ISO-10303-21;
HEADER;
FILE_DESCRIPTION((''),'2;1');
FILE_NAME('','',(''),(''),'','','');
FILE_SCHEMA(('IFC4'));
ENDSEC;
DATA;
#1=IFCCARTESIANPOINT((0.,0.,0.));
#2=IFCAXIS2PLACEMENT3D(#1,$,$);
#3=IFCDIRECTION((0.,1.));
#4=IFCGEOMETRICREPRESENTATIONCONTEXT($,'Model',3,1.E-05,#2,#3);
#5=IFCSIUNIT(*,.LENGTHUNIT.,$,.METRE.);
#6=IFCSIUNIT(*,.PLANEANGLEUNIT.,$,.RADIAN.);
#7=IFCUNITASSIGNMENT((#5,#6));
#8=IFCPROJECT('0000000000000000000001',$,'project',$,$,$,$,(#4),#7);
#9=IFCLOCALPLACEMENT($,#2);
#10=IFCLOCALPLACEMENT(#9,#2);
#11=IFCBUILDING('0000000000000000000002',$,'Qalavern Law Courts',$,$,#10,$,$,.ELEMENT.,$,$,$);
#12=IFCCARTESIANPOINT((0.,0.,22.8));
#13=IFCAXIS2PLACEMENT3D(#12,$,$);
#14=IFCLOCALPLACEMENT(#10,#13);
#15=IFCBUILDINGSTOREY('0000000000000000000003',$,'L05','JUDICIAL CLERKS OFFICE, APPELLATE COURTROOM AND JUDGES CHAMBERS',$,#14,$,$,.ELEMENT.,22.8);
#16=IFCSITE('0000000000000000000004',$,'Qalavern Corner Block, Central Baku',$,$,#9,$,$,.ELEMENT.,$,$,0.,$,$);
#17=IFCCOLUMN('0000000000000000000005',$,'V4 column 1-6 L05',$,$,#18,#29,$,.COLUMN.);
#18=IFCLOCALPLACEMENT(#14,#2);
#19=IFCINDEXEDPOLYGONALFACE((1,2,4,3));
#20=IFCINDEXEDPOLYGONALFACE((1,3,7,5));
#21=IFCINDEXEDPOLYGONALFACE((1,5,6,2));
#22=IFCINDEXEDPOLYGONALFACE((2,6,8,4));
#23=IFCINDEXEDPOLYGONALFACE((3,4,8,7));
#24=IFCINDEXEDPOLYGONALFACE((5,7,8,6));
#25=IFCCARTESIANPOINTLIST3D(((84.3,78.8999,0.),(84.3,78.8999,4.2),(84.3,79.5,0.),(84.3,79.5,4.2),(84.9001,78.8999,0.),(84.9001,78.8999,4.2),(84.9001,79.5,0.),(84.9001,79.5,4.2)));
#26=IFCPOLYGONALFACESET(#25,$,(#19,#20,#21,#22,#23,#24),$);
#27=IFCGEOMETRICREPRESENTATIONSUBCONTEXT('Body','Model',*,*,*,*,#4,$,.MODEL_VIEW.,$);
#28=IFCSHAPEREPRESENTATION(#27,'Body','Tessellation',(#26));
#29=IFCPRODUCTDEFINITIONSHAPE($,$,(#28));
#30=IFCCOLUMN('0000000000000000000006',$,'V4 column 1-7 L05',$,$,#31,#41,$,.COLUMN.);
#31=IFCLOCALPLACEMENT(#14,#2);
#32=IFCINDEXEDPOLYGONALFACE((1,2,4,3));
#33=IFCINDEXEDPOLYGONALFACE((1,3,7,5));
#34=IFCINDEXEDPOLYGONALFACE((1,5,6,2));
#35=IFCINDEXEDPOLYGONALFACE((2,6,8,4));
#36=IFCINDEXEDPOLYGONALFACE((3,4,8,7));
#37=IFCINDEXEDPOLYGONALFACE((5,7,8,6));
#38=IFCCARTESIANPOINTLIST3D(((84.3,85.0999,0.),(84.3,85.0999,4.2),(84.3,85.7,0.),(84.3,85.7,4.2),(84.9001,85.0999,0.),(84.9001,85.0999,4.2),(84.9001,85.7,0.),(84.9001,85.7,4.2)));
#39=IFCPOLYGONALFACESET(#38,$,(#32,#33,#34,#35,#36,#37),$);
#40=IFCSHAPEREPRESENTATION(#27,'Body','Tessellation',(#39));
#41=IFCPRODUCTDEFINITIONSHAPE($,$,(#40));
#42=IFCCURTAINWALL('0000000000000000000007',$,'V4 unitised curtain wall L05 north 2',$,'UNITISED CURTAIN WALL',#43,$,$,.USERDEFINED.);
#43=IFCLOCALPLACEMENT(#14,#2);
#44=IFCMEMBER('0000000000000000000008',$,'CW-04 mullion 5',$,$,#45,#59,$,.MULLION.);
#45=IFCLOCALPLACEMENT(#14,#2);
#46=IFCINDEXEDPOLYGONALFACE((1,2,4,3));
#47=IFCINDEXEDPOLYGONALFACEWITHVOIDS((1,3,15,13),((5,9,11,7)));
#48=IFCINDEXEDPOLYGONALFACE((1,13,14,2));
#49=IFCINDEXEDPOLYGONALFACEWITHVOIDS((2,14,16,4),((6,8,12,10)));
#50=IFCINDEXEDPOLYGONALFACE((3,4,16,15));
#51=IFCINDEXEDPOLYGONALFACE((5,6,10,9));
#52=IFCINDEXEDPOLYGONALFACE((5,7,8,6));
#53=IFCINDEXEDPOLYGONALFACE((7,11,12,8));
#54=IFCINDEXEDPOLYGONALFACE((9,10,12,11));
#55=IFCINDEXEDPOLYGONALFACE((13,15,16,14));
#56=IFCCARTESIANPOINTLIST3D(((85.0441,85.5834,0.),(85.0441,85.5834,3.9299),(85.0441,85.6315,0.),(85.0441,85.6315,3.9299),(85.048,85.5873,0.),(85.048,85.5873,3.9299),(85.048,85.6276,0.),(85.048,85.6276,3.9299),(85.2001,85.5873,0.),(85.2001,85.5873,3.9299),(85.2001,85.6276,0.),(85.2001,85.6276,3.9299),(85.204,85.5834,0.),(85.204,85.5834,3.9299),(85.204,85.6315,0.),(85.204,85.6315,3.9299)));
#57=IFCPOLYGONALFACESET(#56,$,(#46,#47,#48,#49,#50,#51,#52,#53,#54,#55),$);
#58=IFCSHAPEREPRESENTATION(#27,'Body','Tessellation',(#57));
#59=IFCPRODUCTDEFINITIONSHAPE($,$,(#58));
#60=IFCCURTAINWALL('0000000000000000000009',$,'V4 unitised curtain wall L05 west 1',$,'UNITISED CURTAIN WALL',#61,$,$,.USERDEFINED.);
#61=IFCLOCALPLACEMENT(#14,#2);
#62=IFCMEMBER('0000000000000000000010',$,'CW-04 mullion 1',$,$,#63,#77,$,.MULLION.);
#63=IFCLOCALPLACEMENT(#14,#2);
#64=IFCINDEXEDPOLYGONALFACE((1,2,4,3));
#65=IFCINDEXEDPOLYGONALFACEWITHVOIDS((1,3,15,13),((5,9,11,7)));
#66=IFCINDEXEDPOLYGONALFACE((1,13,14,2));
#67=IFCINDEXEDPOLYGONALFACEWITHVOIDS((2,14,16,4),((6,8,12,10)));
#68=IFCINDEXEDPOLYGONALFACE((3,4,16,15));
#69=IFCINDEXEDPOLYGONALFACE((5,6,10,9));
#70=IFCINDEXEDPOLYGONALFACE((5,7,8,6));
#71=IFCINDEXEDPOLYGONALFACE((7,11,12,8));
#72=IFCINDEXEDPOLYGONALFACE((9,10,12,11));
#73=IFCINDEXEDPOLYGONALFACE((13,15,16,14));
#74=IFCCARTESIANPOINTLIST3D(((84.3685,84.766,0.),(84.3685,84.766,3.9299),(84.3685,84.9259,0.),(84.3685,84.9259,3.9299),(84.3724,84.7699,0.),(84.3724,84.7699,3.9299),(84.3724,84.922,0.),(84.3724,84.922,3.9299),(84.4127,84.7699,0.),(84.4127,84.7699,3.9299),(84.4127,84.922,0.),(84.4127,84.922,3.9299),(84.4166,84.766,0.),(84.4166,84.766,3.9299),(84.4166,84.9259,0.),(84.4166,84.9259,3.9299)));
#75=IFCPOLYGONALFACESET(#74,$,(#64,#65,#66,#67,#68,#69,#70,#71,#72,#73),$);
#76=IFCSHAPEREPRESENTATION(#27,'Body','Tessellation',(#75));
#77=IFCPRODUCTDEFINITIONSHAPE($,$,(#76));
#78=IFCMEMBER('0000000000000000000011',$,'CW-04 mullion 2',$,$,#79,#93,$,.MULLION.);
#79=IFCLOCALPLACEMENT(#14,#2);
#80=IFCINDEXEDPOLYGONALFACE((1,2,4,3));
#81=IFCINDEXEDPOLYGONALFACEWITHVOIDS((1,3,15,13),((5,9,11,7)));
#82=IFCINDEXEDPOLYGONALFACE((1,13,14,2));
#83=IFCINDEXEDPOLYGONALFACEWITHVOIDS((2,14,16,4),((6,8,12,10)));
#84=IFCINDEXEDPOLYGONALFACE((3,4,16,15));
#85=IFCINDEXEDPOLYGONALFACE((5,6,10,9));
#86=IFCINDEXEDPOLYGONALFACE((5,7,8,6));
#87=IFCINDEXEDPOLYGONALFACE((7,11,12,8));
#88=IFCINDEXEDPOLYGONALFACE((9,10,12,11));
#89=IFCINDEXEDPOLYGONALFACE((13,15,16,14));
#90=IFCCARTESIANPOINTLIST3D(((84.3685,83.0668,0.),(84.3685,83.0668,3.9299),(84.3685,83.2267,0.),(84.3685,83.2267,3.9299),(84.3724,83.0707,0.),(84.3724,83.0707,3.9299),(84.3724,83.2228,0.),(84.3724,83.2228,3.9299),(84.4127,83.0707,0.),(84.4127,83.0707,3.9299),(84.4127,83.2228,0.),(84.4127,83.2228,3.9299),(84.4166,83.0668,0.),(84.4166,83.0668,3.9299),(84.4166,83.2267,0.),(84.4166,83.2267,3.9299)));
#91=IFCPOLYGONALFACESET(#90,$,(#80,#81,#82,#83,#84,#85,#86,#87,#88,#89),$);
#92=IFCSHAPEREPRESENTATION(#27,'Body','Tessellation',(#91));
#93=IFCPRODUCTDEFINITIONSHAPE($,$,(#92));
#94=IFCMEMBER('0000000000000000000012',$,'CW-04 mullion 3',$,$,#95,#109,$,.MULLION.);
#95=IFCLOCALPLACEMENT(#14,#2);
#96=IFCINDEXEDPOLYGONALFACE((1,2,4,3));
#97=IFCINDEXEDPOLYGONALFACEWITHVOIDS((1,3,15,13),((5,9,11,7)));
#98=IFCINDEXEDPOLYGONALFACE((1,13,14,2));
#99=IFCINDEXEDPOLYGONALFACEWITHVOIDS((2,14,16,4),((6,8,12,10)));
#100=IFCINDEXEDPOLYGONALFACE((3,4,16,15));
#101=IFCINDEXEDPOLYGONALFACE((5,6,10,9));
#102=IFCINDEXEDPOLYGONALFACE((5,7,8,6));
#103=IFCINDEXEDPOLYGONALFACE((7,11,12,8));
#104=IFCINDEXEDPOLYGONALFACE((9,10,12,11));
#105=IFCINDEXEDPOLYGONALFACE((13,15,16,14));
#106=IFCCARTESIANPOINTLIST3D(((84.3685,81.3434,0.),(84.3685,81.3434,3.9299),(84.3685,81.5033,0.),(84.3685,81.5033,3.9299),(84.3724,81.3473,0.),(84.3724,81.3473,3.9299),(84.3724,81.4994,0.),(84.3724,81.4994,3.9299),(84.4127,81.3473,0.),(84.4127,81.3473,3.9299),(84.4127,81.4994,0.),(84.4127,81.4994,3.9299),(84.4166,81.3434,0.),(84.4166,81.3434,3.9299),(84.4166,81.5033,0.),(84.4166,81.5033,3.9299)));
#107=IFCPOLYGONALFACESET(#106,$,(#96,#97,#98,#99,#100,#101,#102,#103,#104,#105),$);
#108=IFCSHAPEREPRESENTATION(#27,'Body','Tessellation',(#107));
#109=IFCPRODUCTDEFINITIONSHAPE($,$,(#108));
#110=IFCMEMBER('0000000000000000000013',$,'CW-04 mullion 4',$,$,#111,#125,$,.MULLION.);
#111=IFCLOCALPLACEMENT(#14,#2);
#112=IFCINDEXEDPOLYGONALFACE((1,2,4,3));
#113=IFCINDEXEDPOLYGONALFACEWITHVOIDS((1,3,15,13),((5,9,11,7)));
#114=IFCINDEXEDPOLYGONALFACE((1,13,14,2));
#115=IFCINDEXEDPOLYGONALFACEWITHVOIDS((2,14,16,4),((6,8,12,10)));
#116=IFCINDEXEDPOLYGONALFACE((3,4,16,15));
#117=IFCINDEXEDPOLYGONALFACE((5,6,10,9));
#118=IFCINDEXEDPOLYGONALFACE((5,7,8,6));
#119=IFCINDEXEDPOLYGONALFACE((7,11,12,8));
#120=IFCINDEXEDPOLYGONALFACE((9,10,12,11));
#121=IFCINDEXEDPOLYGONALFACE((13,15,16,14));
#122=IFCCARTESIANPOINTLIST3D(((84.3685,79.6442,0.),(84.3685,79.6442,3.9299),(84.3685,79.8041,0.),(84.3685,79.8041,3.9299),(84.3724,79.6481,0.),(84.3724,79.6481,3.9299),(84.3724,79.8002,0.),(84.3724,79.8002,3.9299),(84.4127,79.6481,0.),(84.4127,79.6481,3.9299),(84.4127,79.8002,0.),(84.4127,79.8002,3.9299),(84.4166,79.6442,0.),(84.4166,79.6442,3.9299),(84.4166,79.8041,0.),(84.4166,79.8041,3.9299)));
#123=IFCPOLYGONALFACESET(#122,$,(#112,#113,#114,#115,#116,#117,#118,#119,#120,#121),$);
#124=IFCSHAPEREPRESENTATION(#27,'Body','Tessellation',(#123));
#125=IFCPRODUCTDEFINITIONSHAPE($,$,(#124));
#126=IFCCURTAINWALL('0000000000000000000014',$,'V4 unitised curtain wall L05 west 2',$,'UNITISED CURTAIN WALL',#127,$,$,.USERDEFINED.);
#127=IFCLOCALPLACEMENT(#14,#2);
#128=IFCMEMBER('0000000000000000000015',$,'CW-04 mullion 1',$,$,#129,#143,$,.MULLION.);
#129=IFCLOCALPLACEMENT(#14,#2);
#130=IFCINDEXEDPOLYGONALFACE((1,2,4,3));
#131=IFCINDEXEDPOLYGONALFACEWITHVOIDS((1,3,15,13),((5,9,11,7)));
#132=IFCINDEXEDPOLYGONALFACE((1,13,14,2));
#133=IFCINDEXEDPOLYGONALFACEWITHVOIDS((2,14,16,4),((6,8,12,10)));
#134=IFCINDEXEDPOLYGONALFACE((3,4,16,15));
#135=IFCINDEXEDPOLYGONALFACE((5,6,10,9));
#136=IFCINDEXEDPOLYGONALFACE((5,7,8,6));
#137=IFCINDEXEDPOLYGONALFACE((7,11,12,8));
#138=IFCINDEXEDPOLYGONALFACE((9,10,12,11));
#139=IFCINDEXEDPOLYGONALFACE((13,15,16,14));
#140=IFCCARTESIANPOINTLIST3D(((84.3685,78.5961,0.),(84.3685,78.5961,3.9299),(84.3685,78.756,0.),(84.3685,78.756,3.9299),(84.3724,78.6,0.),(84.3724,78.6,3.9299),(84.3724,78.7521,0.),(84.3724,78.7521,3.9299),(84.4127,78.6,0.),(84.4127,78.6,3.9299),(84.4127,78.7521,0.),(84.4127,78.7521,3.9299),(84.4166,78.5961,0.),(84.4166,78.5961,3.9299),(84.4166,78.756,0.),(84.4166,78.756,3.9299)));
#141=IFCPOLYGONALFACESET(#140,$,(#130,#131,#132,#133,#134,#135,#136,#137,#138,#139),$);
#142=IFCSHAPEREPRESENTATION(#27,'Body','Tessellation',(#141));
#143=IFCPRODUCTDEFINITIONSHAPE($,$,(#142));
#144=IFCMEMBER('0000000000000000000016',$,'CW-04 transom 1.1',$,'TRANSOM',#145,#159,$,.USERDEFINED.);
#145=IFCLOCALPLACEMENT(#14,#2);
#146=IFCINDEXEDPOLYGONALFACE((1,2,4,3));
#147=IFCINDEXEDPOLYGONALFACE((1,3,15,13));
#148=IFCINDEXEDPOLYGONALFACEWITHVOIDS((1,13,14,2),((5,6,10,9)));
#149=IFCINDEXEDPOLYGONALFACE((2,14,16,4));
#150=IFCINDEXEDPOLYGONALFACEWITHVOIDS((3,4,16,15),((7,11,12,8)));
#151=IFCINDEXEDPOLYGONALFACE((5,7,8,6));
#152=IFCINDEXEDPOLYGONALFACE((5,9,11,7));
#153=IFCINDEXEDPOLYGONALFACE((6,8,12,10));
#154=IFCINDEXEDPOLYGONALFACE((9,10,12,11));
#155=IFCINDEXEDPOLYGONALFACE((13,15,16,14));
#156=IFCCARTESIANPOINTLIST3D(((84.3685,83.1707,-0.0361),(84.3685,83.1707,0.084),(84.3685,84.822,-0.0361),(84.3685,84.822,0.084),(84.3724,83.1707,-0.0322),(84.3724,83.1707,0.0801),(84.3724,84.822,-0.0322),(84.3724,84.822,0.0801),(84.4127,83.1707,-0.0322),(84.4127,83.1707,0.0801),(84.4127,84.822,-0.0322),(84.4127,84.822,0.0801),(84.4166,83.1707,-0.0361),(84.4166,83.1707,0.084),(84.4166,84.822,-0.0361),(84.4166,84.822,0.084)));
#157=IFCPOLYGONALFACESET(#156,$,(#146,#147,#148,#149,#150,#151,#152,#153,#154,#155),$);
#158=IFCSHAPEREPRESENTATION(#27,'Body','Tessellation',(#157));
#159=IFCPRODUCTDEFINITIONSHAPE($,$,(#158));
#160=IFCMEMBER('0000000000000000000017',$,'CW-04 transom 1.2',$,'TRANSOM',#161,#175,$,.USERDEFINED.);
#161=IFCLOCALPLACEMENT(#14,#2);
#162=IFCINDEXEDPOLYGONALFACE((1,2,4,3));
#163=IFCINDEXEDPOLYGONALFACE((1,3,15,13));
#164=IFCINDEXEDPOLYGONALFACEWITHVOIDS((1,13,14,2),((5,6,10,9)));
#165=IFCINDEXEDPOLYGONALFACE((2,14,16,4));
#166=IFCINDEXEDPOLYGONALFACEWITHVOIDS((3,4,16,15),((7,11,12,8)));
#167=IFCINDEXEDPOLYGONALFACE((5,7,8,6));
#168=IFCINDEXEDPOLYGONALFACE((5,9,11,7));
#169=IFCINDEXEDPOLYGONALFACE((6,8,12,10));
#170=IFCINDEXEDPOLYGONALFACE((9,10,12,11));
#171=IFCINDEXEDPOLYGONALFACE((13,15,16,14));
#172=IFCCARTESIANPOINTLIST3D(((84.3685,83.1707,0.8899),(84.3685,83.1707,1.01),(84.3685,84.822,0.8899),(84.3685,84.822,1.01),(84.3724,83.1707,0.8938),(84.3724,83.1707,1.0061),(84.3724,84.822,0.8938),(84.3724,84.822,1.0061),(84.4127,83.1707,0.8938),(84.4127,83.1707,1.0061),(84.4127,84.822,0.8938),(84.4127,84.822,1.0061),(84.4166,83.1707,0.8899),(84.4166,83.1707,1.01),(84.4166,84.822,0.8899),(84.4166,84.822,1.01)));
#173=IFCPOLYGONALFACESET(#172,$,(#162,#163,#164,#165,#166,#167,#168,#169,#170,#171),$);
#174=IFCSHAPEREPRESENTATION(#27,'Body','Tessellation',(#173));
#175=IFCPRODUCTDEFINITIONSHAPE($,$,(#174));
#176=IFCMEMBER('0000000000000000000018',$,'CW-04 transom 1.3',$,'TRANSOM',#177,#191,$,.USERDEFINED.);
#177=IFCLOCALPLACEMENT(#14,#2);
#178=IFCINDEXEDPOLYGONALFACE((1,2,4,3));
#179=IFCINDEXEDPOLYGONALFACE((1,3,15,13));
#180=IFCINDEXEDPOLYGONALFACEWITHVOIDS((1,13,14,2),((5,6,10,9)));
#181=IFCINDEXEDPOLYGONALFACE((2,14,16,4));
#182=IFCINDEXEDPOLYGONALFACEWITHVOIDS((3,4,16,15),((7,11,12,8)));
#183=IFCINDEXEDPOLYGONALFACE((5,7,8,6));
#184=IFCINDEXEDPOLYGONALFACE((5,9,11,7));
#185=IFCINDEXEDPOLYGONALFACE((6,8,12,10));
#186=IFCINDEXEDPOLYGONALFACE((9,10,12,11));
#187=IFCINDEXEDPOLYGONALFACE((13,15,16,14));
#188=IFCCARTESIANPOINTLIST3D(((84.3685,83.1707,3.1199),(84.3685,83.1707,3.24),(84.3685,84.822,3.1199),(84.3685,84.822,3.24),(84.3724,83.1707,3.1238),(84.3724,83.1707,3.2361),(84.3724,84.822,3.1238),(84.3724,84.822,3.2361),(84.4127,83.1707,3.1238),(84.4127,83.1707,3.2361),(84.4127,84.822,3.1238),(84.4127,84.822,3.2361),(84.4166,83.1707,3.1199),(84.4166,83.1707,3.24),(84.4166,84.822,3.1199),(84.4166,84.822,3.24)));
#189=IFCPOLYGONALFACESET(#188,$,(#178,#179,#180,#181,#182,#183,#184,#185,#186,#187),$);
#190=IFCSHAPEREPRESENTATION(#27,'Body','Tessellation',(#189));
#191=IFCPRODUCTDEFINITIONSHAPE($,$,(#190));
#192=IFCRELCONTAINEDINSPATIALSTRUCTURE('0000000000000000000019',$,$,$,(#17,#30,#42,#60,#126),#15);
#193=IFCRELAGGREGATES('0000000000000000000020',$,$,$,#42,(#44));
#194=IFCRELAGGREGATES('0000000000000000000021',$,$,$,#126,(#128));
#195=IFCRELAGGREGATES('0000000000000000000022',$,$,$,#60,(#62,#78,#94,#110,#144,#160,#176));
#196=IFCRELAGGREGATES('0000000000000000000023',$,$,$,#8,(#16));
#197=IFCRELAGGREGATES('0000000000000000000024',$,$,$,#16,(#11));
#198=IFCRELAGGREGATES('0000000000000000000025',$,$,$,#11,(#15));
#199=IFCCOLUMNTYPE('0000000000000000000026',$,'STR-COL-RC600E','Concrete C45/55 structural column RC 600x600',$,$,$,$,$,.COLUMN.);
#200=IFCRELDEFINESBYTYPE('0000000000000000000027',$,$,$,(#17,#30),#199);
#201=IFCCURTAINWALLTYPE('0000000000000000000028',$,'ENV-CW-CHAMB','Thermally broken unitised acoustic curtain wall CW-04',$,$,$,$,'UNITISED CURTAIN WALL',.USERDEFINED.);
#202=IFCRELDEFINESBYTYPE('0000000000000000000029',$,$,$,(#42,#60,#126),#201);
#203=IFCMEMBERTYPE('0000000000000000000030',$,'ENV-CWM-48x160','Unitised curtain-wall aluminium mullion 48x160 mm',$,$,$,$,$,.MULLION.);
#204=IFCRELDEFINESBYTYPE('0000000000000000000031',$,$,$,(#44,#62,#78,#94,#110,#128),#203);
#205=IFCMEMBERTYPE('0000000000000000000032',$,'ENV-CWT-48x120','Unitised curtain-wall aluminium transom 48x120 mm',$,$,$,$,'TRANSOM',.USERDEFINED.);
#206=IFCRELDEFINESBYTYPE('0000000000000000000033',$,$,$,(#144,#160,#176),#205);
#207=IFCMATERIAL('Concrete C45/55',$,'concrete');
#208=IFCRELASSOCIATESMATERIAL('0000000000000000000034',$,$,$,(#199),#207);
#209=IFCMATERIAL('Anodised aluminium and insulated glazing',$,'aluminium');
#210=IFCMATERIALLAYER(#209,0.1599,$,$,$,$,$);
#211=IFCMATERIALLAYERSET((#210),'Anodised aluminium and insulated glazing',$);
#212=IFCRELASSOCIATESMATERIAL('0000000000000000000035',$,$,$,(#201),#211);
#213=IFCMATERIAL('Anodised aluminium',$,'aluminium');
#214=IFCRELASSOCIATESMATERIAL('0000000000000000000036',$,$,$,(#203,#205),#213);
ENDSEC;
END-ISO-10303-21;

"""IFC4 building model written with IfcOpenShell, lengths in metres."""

from ifc_helpers import new_model, si_unit, direction, frame, origin, origin_2d, place, context, subcontext, project, spatial, rectangle, hollow_rectangle, extrude, material, layer, layer_set, material_profile, profile_set, type_object, element, aggregate, save


model = new_model("IFC4")

# Units and contexts
model_context = context("Model", 3, precision=1e-05, world=origin(), true_north=direction((0.0, 1.0)))
body_context = subcontext(model_context, "Body", "Model", "MODEL_VIEW")
ifc_project = project(units=[si_unit("LENGTHUNIT", "METRE"), si_unit("PLANEANGLEUNIT", "RADIAN")], contexts=[model_context])

# Site, building, storey
site_placement = place(None, origin())
site = spatial("IfcSite", under=ifc_project, at=site_placement, Name="Qalavern Corner Block, Central Baku", CompositionType="ELEMENT", RefElevation=0.0)
building_placement = place(site_placement, origin())
building = spatial("IfcBuilding", under=site, at=building_placement, Name="Qalavern Law Courts", CompositionType="ELEMENT")
storey_placement = place(building_placement, frame((0.0, 0.0, 22.8)))
storey = spatial("IfcBuildingStorey", under=building, at=storey_placement, Name="L05", Description="JUDICIAL CLERKS OFFICE, APPELLATE COURTROOM AND JUDGES CHAMBERS", CompositionType="ELEMENT", Elevation=22.8)

# Columns
ifc_material_1 = material(Name="Concrete C45/55", Category="concrete")
ifc_material_profile_1 = material_profile(ifc_material_1, rectangle(XDim=0.6001, YDim=0.6001, at=origin_2d()), Name="RC 600x600")
ifc_profile_set_1 = profile_set([ifc_material_profile_1], Name="Concrete C45/55")
column_type = type_object("IfcColumnType", Name="STR-COL-RC600E", Description="Concrete C45/55 structural column RC 600x600", PredefinedType="COLUMN", material=ifc_profile_set_1)
for number, where, z_axis, x_axis, name in (
    (1, (84.6001, 79.2, 0.0), (0.0, 0.0, 1.0), (1.0, 0.0, 0.0), "V4 column 1-6 L05"),
    (2, (84.6001, 85.3999, 0.0), (0.0, 0.0, 1.0), (1.0, 0.0, 0.0), "V4 column 1-7 L05"),
):
    element("IfcColumn", number, at=place(storey_placement, frame(where, z_axis=z_axis, x_axis=x_axis)), inside=storey, type_object=column_type, Name=name, PredefinedType="COLUMN", context=body_context, shape_type="SweptSolid", body=[
        extrude(rectangle(XDim=0.6001, YDim=0.6001, at=origin_2d()), origin(), (0.0, 0.0, 1.0), 4.2),
    ])

# Curtain wall, member
ifc_material_2 = material(Name="Anodised aluminium and insulated glazing", Category="aluminium")
ifc_layer_1 = layer(ifc_material_2, 0.1599)
ifc_layer_set_1 = layer_set([ifc_layer_1], Name="Anodised aluminium and insulated glazing")
curtain_wall_type = type_object("IfcCurtainWallType", Name="ENV-CW-CHAMB", Description="Thermally broken unitised acoustic curtain wall CW-04", ElementType="UNITISED CURTAIN WALL", PredefinedType="USERDEFINED", material=ifc_layer_set_1)
curtain_wall_1_placement = place(storey_placement, origin())
curtain_wall_1 = element("IfcCurtainWall", 3, at=curtain_wall_1_placement, inside=storey, type_object=curtain_wall_type, Name="V4 unitised curtain wall L05 north 2", ObjectType="UNITISED CURTAIN WALL", PredefinedType="USERDEFINED")
ifc_material_3 = material(Name="Anodised aluminium", Category="aluminium")
ifc_material_profile_2 = material_profile(ifc_material_3, hollow_rectangle(XDim=0.0481, YDim=0.1599, WallThickness=0.0039, at=origin_2d()), Name="ALU MULLION 48x160")
ifc_profile_set_2 = profile_set([ifc_material_profile_2], Name="Anodised aluminium")
member_type_1 = type_object("IfcMemberType", Name="ENV-CWM-48x160", Description="Unitised curtain-wall aluminium mullion 48x160 mm", PredefinedType="MULLION", material=ifc_profile_set_2)
member_1_placement = place(storey_placement, frame((85.124, 85.6074, 0.0), z_axis=(0.0, 0.0, 1.0), x_axis=(0.0, -1.0, 0.0)))
member_1 = element("IfcMember", 4, at=member_1_placement, type_object=member_type_1, Name="CW-04 mullion 5", PredefinedType="MULLION", context=body_context, shape_type="SweptSolid", body=[
    extrude(hollow_rectangle(XDim=0.0481, YDim=0.1599, WallThickness=0.0039, at=origin_2d()), origin(), (0.0, 0.0, 1.0), 3.9299),
])
aggregate(curtain_wall_1, [member_1])

# Curtain wall, members
curtain_wall_2_placement = place(storey_placement, origin())
curtain_wall_2 = element("IfcCurtainWall", 5, at=curtain_wall_2_placement, inside=storey, type_object=curtain_wall_type, Name="V4 unitised curtain wall L05 west 1", ObjectType="UNITISED CURTAIN WALL", PredefinedType="USERDEFINED")
member_2_placement = place(storey_placement, frame((84.3926, 84.8459, 0.0), z_axis=(0.0, 0.0, 1.0), x_axis=(1.0, 0.0, 0.0)))
member_2 = element("IfcMember", 6, at=member_2_placement, type_object=member_type_1, Name="CW-04 mullion 1", PredefinedType="MULLION", context=body_context, shape_type="SweptSolid", body=[
    extrude(hollow_rectangle(XDim=0.0481, YDim=0.1599, WallThickness=0.0039, at=origin_2d()), origin(), (0.0, 0.0, 1.0), 3.9299),
])
member_3_placement = place(storey_placement, frame((84.3926, 83.1467, 0.0), z_axis=(0.0, 0.0, 1.0), x_axis=(1.0, 0.0, 0.0)))
member_3 = element("IfcMember", 7, at=member_3_placement, type_object=member_type_1, Name="CW-04 mullion 2", PredefinedType="MULLION", context=body_context, shape_type="SweptSolid", body=[
    extrude(hollow_rectangle(XDim=0.0481, YDim=0.1599, WallThickness=0.0039, at=origin_2d()), origin(), (0.0, 0.0, 1.0), 3.9299),
])
member_4_placement = place(storey_placement, frame((84.3926, 81.4233, 0.0), z_axis=(0.0, 0.0, 1.0), x_axis=(1.0, 0.0, 0.0)))
member_4 = element("IfcMember", 8, at=member_4_placement, type_object=member_type_1, Name="CW-04 mullion 3", PredefinedType="MULLION", context=body_context, shape_type="SweptSolid", body=[
    extrude(hollow_rectangle(XDim=0.0481, YDim=0.1599, WallThickness=0.0039, at=origin_2d()), origin(), (0.0, 0.0, 1.0), 3.9299),
])
member_5_placement = place(storey_placement, frame((84.3926, 79.7241, 0.0), z_axis=(0.0, 0.0, 1.0), x_axis=(1.0, 0.0, 0.0)))
member_5 = element("IfcMember", 9, at=member_5_placement, type_object=member_type_1, Name="CW-04 mullion 4", PredefinedType="MULLION", context=body_context, shape_type="SweptSolid", body=[
    extrude(hollow_rectangle(XDim=0.0481, YDim=0.1599, WallThickness=0.0039, at=origin_2d()), origin(), (0.0, 0.0, 1.0), 3.9299),
])

# Curtain wall, member
curtain_wall_3_placement = place(storey_placement, origin())
curtain_wall_3 = element("IfcCurtainWall", 10, at=curtain_wall_3_placement, inside=storey, type_object=curtain_wall_type, Name="V4 unitised curtain wall L05 west 2", ObjectType="UNITISED CURTAIN WALL", PredefinedType="USERDEFINED")
member_6_placement = place(storey_placement, frame((84.3926, 78.676, 0.0), z_axis=(0.0, 0.0, 1.0), x_axis=(1.0, 0.0, 0.0)))
member_6 = element("IfcMember", 11, at=member_6_placement, type_object=member_type_1, Name="CW-04 mullion 1", PredefinedType="MULLION", context=body_context, shape_type="SweptSolid", body=[
    extrude(hollow_rectangle(XDim=0.0481, YDim=0.1599, WallThickness=0.0039, at=origin_2d()), origin(), (0.0, 0.0, 1.0), 3.9299),
])

# Members
ifc_material_profile_3 = material_profile(ifc_material_3, hollow_rectangle(XDim=0.0481, YDim=0.1201, WallThickness=0.0039, at=origin_2d()), Name="ALU TRANSOM 48x120")
ifc_profile_set_3 = profile_set([ifc_material_profile_3], Name="Anodised aluminium")
member_type_2 = type_object("IfcMemberType", Name="ENV-CWT-48x120", Description="Unitised curtain-wall aluminium transom 48x120 mm", ElementType="TRANSOM", PredefinedType="USERDEFINED", material=ifc_profile_set_3)
member_7_placement = place(storey_placement, frame((84.3926, 84.822, 0.0239), z_axis=(0.0, -1.0, 0.0), x_axis=(1.0, 0.0, 0.0)))
member_7 = element("IfcMember", 12, at=member_7_placement, type_object=member_type_2, Name="CW-04 transom 1.1", ObjectType="TRANSOM", PredefinedType="USERDEFINED", context=body_context, shape_type="SweptSolid", body=[
    extrude(hollow_rectangle(XDim=0.0481, YDim=0.1201, WallThickness=0.0039, at=origin_2d()), origin(), (0.0, 0.0, 1.0), 1.6514),
])
member_8_placement = place(storey_placement, frame((84.3926, 84.822, 0.95), z_axis=(0.0, -1.0, 0.0), x_axis=(1.0, 0.0, 0.0)))
member_8 = element("IfcMember", 13, at=member_8_placement, type_object=member_type_2, Name="CW-04 transom 1.2", ObjectType="TRANSOM", PredefinedType="USERDEFINED", context=body_context, shape_type="SweptSolid", body=[
    extrude(hollow_rectangle(XDim=0.0481, YDim=0.1201, WallThickness=0.0039, at=origin_2d()), origin(), (0.0, 0.0, 1.0), 1.6514),
])
member_9_placement = place(storey_placement, frame((84.3926, 84.822, 3.1799), z_axis=(0.0, -1.0, 0.0), x_axis=(1.0, 0.0, 0.0)))
member_9 = element("IfcMember", 14, at=member_9_placement, type_object=member_type_2, Name="CW-04 transom 1.3", ObjectType="TRANSOM", PredefinedType="USERDEFINED", context=body_context, shape_type="SweptSolid", body=[
    extrude(hollow_rectangle(XDim=0.0481, YDim=0.1201, WallThickness=0.0039, at=origin_2d()), origin(), (0.0, 0.0, 1.0), 1.6514),
])
aggregate(curtain_wall_3, [member_6])

aggregate(curtain_wall_2, [member_2, member_3, member_4, member_5, member_7, member_8, member_9])

save(model, "model.ifc")
